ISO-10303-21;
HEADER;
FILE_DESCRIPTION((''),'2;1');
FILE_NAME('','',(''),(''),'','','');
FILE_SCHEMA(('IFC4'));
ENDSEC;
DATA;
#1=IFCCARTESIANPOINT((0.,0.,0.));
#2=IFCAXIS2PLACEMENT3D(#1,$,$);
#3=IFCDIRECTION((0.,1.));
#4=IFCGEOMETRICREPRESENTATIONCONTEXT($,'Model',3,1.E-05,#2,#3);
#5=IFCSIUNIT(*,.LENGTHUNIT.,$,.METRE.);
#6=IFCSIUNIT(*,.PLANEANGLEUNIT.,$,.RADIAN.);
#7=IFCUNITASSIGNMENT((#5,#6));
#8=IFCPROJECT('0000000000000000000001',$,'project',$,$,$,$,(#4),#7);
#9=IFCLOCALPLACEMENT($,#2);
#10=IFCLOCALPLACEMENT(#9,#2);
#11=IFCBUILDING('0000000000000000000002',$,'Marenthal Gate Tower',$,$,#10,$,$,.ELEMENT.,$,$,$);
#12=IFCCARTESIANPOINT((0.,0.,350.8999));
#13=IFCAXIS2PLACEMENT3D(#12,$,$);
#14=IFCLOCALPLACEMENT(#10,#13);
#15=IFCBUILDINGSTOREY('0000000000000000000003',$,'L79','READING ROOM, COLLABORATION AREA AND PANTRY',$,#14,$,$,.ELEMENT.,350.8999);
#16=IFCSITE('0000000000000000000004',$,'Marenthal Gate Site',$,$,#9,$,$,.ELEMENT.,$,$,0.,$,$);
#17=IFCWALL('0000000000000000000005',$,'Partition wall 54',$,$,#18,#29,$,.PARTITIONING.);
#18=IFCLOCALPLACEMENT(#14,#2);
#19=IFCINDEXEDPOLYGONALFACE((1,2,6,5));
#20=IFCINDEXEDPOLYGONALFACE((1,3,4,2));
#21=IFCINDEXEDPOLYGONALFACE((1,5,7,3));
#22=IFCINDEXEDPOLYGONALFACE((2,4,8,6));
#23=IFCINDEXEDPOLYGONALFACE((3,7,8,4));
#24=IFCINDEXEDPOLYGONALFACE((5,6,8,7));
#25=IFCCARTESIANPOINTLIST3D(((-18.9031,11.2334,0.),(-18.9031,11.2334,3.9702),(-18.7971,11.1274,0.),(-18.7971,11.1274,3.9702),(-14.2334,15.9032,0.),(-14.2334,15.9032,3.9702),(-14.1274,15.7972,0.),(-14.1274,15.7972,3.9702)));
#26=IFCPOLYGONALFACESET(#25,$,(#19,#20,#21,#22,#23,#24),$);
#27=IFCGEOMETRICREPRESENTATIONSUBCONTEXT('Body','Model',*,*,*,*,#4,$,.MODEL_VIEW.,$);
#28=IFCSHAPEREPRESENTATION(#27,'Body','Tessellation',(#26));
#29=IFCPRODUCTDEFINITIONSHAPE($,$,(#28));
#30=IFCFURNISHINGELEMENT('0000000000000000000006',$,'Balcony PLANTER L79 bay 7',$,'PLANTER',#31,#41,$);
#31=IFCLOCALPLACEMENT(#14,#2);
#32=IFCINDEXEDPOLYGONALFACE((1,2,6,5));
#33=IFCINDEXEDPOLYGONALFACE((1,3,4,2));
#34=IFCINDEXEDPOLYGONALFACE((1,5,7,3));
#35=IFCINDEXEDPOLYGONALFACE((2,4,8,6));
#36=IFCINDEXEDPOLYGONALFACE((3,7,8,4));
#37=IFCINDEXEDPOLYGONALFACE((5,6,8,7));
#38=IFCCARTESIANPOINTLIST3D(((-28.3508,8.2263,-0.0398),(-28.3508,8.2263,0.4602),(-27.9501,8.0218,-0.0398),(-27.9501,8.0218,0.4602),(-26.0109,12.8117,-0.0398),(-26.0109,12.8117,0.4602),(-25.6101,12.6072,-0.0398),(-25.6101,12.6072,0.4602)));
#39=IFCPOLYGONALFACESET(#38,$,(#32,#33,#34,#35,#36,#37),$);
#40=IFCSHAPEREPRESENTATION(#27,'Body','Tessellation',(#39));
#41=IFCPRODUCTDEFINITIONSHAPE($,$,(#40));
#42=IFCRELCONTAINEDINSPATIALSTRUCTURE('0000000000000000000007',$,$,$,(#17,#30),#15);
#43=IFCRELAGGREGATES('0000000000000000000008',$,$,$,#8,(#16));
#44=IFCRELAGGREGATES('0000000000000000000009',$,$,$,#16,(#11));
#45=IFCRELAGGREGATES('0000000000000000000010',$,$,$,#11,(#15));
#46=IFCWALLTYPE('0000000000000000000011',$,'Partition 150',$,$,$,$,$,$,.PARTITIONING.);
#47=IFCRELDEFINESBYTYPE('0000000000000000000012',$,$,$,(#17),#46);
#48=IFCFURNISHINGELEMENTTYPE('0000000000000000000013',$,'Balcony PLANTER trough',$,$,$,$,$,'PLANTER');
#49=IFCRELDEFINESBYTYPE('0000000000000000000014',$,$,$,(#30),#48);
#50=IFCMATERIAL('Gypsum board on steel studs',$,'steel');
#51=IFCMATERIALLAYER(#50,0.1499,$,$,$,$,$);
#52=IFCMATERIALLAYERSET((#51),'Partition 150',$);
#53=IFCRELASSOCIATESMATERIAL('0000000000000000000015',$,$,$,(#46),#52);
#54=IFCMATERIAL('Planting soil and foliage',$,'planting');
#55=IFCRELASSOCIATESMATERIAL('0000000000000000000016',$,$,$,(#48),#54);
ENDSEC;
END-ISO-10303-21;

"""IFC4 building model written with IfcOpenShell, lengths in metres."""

from ifc_helpers import new_model, si_unit, direction, frame, frame_2d, origin, origin_2d, place, context, subcontext, project, spatial, rectangle, extrude, material, layer, layer_set, type_object, element, save


model = new_model("IFC4")

# Units and contexts
model_context = context("Model", 3, precision=1e-05, world=origin(), true_north=direction((0.0, 1.0)))
body_context = subcontext(model_context, "Body", "Model", "MODEL_VIEW")
ifc_project = project(units=[si_unit("LENGTHUNIT", "METRE"), si_unit("PLANEANGLEUNIT", "RADIAN")], contexts=[model_context])

# Site, building, storey
site_placement = place(None, origin())
site = spatial("IfcSite", under=ifc_project, at=site_placement, Name="Marenthal Gate Site", CompositionType="ELEMENT", RefElevation=0.0)
building_placement = place(site_placement, origin())
building = spatial("IfcBuilding", under=site, at=building_placement, Name="Marenthal Gate Tower", CompositionType="ELEMENT")
storey_placement = place(building_placement, frame((0.0, 0.0, 350.8999)))
storey = spatial("IfcBuildingStorey", under=building, at=storey_placement, Name="L79", Description="READING ROOM, COLLABORATION AREA AND PANTRY", CompositionType="ELEMENT", Elevation=350.8999)

# Wall
ifc_material_1 = material(Name="Gypsum board on steel studs", Category="steel")
ifc_layer_1 = layer(ifc_material_1, 0.1499)
ifc_layer_set_1 = layer_set([ifc_layer_1], Name="Partition 150")
wall_type_1 = type_object("IfcWallType", Name="Partition 150", PredefinedType="PARTITIONING", material=ifc_layer_set_1)
wall_1_placement = place(storey_placement, frame((-18.8501, 11.1804, 0.0), z_axis=(0.0, 0.0, 1.0), x_axis=(0.707107, 0.707107, 0.0)))
element("IfcWall", 1, at=wall_1_placement, inside=storey, type_object=wall_type_1, Name="Partition wall 54", PredefinedType="PARTITIONING", context=body_context, shape_type="SweptSolid", body=[
    extrude(rectangle(XDim=6.604, YDim=0.1499, at=frame_2d((3.302, 0.0))), origin(), (0.0, 0.0, 1.0), 3.9702),
])

# Furnishing element
ifc_material_2 = material(Name="Planting soil and foliage", Category="planting")
furnishing_element_type = type_object("IfcFurnishingElementType", Name="Balcony PLANTER trough", ElementType="PLANTER", material=ifc_material_2)
furnishing_placement = place(storey_placement, frame((-26.9805, 10.4167, -0.0398), z_axis=(0.0, 0.0, 1.0), x_axis=(-0.454546, -0.890723, 0.0)))
element("IfcFurnishingElement", 2, at=furnishing_placement, inside=storey, type_object=furnishing_element_type, Name="Balcony PLANTER L79 bay 7", ObjectType="PLANTER", context=body_context, shape_type="SweptSolid", body=[
    extrude(rectangle(XDim=5.1479, YDim=0.45, at=origin_2d()), origin(), (0.0, 0.0, 1.0), 0.5),
])

save(model, "model.ifc")
